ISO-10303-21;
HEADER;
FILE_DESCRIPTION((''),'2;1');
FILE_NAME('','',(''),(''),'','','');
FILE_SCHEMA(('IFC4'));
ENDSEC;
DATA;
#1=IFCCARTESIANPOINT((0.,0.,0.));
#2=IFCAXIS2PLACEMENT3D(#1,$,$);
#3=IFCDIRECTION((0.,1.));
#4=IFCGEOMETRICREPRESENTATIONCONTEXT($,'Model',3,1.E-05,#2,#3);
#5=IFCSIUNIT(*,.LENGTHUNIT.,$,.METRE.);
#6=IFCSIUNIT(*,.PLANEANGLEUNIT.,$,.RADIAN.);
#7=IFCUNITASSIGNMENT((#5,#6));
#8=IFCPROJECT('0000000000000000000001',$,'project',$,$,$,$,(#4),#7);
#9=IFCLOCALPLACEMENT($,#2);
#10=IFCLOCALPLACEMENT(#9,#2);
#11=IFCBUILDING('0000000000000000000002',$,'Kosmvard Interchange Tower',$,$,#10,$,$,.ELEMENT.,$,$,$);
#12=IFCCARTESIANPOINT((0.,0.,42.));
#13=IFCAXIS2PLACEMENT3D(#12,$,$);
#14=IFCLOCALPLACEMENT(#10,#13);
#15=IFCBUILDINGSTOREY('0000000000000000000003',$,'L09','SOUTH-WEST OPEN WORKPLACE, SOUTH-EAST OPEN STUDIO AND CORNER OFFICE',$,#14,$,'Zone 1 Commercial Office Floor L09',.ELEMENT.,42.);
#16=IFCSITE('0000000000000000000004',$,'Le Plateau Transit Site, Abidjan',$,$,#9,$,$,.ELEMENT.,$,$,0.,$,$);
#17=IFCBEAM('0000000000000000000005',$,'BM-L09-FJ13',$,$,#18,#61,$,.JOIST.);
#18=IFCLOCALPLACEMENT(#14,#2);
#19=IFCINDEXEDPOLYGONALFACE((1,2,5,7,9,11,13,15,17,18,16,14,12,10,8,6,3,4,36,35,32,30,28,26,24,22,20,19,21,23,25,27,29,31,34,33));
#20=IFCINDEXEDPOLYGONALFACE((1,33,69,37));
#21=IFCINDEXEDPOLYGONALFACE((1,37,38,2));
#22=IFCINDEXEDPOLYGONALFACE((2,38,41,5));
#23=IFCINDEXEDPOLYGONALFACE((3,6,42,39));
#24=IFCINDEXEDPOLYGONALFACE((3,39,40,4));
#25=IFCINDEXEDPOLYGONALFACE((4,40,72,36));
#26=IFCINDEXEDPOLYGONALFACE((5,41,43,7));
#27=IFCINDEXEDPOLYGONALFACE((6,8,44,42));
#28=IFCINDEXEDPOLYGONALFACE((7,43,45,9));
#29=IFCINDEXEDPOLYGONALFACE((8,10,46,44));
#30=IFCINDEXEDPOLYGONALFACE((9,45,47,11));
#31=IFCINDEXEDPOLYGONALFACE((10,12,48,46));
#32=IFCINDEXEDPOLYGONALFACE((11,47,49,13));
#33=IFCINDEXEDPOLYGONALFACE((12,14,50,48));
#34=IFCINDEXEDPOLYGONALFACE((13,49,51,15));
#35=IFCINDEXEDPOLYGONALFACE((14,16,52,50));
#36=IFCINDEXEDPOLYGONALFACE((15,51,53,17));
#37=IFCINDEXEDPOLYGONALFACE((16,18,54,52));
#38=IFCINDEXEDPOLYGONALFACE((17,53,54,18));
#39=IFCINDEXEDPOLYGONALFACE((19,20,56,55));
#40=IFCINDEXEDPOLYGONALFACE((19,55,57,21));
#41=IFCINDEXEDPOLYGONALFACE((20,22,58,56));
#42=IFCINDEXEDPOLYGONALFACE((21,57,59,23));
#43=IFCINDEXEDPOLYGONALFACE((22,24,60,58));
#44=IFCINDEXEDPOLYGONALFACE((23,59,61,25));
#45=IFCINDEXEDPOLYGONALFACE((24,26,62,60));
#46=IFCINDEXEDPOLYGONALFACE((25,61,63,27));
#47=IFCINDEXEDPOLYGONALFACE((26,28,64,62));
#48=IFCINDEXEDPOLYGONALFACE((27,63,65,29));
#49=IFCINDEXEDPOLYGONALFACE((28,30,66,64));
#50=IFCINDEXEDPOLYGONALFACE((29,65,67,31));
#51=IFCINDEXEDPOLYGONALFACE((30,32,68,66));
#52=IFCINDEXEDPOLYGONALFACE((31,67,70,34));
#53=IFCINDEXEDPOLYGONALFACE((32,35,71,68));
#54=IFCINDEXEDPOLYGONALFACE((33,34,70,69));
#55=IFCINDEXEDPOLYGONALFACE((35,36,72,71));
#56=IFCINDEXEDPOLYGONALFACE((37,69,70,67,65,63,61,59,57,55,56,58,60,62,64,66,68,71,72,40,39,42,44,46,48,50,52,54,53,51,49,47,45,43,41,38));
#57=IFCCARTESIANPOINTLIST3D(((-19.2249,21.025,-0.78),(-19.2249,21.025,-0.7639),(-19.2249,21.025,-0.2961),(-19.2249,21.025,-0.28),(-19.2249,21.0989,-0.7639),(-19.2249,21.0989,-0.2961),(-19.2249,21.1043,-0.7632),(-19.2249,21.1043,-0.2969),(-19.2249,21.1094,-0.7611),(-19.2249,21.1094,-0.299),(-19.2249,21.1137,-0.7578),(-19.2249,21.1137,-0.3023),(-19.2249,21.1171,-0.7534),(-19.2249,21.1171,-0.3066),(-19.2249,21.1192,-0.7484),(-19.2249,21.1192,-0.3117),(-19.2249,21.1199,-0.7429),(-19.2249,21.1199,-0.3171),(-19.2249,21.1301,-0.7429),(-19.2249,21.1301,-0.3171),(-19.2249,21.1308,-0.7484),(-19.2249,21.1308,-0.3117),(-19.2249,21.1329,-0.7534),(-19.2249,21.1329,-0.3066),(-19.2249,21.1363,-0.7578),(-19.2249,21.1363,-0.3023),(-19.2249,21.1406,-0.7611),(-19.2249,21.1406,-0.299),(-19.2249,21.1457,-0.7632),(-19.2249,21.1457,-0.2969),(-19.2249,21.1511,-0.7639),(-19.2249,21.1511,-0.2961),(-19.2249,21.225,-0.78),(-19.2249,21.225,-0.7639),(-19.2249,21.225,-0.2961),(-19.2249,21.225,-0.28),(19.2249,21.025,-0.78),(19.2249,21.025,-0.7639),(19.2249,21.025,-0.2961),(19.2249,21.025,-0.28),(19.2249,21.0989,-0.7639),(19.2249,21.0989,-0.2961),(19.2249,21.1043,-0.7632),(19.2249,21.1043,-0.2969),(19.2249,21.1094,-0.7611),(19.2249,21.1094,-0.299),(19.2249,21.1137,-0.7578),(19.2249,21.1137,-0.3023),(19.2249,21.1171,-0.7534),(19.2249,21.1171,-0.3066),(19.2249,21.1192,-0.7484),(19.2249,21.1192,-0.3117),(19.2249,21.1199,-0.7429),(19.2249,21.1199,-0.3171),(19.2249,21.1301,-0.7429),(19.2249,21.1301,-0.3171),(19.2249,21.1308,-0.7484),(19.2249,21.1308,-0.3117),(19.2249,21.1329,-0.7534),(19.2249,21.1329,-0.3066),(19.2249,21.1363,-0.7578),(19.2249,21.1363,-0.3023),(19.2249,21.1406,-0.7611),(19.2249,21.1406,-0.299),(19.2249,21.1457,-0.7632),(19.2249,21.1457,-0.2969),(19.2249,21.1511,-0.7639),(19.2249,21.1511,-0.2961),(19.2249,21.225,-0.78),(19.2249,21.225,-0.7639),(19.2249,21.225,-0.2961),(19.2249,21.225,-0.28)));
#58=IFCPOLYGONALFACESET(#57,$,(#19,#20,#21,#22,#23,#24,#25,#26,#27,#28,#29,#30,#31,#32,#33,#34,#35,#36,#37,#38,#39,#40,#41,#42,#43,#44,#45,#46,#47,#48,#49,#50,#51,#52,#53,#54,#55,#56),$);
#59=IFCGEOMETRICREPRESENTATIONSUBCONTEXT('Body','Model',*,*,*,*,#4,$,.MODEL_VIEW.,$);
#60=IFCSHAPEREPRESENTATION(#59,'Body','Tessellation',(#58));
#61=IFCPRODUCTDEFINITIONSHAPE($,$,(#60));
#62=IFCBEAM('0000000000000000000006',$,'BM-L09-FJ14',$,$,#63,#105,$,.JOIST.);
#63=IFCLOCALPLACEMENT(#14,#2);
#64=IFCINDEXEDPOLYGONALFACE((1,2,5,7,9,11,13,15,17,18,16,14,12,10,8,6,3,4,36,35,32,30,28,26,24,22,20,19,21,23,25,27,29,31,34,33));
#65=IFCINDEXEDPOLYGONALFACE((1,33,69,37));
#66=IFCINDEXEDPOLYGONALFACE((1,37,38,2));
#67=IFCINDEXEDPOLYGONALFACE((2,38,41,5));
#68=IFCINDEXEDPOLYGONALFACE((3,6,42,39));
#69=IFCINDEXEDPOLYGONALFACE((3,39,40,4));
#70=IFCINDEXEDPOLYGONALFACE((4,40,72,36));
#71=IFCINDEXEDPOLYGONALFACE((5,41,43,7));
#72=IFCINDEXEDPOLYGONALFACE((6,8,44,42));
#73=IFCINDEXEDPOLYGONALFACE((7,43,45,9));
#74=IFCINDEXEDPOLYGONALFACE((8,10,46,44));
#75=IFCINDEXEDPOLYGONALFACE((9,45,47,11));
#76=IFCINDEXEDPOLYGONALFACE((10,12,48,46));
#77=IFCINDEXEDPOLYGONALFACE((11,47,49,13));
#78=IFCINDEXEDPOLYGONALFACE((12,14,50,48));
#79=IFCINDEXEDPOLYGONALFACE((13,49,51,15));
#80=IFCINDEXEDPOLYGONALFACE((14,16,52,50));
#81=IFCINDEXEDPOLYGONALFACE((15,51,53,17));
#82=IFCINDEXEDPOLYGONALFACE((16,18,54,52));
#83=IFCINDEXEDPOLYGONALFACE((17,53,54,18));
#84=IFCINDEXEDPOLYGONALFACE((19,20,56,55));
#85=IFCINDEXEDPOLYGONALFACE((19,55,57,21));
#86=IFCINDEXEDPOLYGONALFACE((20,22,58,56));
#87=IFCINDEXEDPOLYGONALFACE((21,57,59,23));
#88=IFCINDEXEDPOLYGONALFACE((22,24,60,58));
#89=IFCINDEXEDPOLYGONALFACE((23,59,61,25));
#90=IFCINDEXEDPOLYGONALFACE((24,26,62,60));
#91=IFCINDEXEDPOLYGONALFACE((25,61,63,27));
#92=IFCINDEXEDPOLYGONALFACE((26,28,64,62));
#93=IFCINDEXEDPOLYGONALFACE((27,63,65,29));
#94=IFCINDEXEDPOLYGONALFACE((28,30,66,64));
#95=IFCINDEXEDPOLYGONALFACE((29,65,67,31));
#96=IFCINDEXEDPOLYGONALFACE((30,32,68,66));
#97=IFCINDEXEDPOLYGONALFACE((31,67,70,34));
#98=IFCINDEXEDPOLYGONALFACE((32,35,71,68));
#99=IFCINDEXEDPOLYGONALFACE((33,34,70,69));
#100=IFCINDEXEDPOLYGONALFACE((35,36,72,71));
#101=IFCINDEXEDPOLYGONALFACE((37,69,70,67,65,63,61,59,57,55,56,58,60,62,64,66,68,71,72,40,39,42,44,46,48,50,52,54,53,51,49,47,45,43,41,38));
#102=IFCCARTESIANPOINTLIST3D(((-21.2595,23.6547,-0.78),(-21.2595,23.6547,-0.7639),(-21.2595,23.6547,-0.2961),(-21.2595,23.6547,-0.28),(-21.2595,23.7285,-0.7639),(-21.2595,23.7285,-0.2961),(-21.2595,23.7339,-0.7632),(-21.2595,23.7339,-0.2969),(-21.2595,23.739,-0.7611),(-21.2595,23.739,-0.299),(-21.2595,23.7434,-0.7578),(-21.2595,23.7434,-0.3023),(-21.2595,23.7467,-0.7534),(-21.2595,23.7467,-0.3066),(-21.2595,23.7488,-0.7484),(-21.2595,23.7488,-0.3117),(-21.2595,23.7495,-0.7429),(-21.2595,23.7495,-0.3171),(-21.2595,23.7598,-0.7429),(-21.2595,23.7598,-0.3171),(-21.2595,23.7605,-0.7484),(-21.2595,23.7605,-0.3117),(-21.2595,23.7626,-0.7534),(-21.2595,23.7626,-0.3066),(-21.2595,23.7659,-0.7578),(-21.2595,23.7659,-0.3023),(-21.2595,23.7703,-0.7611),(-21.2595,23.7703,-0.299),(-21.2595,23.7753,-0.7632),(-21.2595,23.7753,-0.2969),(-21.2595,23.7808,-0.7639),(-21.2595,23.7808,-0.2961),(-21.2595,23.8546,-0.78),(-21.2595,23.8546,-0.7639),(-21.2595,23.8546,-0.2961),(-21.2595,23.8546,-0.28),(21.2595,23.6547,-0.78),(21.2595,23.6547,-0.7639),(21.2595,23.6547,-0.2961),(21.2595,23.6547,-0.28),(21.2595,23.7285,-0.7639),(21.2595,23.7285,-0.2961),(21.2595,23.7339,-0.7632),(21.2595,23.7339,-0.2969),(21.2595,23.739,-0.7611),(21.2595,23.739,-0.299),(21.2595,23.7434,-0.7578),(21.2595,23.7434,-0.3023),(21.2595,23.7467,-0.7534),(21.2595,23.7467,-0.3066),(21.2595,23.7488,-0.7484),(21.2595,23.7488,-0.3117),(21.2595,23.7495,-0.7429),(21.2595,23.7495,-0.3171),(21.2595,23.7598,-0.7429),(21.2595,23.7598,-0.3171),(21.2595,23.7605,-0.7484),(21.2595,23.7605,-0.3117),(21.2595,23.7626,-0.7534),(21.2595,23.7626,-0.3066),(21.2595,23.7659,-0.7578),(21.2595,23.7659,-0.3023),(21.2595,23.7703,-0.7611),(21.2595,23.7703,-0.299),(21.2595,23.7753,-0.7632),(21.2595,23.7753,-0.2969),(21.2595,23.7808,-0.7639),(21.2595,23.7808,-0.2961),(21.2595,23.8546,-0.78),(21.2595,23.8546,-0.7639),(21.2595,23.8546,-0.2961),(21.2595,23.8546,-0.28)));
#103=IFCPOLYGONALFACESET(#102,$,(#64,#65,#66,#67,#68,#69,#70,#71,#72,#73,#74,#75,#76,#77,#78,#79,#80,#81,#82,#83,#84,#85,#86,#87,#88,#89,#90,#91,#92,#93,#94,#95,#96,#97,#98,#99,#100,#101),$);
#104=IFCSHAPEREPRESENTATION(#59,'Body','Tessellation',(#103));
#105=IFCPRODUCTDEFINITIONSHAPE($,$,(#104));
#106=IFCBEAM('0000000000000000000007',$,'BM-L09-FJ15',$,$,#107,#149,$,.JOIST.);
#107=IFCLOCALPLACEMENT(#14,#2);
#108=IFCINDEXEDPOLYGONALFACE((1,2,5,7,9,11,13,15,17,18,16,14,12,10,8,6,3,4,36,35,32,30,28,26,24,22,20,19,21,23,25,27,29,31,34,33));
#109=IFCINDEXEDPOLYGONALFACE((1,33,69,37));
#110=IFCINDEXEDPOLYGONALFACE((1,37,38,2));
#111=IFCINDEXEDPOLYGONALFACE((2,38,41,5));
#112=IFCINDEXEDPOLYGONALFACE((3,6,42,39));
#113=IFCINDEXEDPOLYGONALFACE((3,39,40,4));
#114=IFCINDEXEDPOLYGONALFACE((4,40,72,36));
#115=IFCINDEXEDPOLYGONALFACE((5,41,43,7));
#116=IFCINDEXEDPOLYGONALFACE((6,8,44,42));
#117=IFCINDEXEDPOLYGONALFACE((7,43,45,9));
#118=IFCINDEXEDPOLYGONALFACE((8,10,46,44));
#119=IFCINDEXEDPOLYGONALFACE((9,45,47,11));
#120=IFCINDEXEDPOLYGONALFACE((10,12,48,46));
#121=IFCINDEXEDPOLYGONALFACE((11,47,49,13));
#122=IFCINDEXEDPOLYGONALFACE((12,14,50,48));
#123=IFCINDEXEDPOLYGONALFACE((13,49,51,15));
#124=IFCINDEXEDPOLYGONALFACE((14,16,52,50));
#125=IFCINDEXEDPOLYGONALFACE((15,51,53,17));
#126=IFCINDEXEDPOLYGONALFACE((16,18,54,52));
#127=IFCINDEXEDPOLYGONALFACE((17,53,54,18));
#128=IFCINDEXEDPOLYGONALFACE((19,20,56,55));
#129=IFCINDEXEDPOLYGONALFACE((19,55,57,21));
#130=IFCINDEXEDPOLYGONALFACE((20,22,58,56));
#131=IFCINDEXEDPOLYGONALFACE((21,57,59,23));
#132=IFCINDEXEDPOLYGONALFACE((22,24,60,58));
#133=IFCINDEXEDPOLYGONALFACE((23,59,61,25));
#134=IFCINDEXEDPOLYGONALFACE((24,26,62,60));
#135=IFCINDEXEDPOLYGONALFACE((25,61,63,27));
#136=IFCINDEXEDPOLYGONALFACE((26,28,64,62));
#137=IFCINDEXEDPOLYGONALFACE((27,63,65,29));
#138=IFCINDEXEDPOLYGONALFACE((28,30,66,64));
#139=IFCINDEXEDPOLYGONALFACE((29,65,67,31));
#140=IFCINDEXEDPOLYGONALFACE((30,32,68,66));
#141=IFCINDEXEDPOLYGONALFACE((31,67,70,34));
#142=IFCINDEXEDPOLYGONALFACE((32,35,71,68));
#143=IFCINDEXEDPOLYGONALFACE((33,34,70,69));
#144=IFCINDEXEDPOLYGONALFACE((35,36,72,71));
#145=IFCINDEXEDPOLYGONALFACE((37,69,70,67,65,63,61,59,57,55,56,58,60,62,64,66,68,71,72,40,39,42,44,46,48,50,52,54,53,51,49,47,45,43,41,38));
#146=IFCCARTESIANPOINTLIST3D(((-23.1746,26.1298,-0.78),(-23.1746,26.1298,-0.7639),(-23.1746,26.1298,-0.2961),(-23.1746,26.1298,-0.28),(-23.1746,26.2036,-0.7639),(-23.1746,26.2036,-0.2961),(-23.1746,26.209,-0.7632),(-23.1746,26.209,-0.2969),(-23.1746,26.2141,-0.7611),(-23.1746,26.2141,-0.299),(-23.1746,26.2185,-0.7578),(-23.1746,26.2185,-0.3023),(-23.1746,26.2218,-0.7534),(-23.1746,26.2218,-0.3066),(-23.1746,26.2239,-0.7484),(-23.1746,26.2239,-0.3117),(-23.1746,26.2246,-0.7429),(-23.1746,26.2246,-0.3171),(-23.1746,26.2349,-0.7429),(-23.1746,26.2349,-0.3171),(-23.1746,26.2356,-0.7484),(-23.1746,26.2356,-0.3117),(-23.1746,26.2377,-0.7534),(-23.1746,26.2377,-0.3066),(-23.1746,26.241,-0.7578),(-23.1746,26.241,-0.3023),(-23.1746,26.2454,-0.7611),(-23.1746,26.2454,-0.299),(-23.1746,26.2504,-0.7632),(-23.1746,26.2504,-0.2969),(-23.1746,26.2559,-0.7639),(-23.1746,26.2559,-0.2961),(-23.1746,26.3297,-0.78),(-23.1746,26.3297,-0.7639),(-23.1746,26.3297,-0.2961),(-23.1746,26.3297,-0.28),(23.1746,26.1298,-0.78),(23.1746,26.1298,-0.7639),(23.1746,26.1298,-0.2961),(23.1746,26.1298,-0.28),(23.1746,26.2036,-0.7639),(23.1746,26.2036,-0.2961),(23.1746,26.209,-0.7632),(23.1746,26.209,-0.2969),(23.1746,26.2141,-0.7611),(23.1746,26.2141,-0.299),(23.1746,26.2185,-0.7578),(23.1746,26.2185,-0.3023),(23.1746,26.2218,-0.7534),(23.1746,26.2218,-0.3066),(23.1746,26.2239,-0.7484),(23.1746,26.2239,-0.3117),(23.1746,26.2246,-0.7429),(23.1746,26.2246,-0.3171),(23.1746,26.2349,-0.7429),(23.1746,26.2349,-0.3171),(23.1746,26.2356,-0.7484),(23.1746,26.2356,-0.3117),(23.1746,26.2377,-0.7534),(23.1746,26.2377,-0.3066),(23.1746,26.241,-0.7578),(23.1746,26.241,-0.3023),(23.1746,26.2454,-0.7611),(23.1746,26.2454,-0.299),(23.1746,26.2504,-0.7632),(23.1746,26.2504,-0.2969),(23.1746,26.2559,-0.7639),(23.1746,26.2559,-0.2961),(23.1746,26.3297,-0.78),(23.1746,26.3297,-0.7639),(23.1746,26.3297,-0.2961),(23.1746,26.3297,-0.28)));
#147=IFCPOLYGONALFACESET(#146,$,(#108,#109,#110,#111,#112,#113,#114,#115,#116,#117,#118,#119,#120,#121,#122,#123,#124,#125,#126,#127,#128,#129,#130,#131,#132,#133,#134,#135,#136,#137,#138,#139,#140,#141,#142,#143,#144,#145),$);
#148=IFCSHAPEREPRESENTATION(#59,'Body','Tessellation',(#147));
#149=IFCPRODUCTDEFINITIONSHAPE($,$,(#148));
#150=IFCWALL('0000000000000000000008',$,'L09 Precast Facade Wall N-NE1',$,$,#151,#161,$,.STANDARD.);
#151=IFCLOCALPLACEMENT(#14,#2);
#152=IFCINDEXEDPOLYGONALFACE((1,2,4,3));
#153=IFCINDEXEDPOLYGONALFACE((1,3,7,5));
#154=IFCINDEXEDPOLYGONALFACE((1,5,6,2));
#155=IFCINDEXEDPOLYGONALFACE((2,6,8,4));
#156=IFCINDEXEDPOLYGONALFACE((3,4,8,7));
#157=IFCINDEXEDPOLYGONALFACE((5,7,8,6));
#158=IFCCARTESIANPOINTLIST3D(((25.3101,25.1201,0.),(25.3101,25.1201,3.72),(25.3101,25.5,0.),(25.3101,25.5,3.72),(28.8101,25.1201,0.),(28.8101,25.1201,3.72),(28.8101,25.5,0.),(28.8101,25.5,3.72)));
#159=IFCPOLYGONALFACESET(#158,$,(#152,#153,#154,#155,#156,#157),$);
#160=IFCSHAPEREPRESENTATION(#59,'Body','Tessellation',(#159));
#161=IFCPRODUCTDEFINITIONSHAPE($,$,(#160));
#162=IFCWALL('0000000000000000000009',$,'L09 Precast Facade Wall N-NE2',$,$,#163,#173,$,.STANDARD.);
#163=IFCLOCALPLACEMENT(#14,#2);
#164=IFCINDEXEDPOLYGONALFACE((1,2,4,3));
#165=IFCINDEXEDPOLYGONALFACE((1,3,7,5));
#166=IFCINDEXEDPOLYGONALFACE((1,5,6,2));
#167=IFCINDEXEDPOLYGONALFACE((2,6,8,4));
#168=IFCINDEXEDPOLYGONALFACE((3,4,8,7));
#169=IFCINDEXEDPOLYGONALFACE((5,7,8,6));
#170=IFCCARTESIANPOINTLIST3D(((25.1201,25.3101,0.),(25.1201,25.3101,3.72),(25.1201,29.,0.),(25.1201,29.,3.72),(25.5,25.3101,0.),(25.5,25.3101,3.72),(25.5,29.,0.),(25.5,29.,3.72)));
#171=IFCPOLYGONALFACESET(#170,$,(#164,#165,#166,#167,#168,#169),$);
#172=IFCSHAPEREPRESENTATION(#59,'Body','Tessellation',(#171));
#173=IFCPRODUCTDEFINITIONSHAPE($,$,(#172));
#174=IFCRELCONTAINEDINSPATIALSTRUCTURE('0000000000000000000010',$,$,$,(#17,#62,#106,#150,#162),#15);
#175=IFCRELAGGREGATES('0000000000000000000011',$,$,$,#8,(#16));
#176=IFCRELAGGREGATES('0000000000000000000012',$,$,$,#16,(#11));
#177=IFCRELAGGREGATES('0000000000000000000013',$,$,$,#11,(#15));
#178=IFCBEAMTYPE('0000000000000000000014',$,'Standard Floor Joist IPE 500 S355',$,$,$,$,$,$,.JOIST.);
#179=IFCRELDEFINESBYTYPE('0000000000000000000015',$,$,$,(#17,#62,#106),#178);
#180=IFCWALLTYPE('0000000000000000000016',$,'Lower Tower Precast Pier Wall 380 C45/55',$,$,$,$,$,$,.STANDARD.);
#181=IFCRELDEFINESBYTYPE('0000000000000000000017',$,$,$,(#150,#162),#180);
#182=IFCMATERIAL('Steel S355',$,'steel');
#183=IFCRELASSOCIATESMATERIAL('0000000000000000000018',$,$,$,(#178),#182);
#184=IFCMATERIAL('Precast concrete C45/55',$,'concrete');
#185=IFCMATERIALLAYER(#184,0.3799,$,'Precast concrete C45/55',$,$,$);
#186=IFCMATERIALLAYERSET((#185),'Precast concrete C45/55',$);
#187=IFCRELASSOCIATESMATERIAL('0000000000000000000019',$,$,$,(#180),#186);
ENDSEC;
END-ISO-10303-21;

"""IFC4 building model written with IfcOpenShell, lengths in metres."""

from ifc_helpers import new_model, si_unit, direction, frame, frame_2d, origin, origin_2d, place, context, subcontext, project, spatial, rectangle, i_section, extrude, source, transform, mapped, material, layer, layer_set, material_profile, profile_set, type_object, element, save


model = new_model("IFC4")

# Units and contexts
model_context = context("Model", 3, precision=1e-05, world=origin(), true_north=direction((0.0, 1.0)))
body_context = subcontext(model_context, "Body", "Model", "MODEL_VIEW")
ifc_project = project(units=[si_unit("LENGTHUNIT", "METRE"), si_unit("PLANEANGLEUNIT", "RADIAN")], contexts=[model_context])

# Site, building, storey
site_placement = place(None, origin())
site = spatial("IfcSite", under=ifc_project, at=site_placement, Name="Le Plateau Transit Site, Abidjan", CompositionType="ELEMENT", RefElevation=0.0)
building_placement = place(site_placement, origin())
building = spatial("IfcBuilding", under=site, at=building_placement, Name="Kosmvard Interchange Tower", CompositionType="ELEMENT")
storey_placement = place(building_placement, frame((0.0, 0.0, 42.0)))
storey = spatial("IfcBuildingStorey", under=building, at=storey_placement, Name="L09", Description="SOUTH-WEST OPEN WORKPLACE, SOUTH-EAST OPEN STUDIO AND CORNER OFFICE", LongName="Zone 1 Commercial Office Floor L09", CompositionType="ELEMENT", Elevation=42.0)

# Beams
ifc_material_1 = material(Name="Steel S355", Category="steel")
ifc_material_2 = material(Name="Precast concrete C45/55", Category="concrete")
ifc_material_profile_1 = material_profile(ifc_material_1, i_section(OverallWidth=0.2, OverallDepth=0.5, WebThickness=0.0103, FlangeThickness=0.0161, FilletRadius=0.021, at=origin_2d()), Name="IPE 500")
ifc_profile_set_1 = profile_set([ifc_material_profile_1], Name="Steel S355")
beam_type_1 = type_object("IfcBeamType", Name="Standard Floor Joist IPE 500 S355", PredefinedType="JOIST", material=ifc_profile_set_1)
shared_shape_1 = source(origin(), body_context, "Body", "SweptSolid", [
    extrude(i_section(OverallWidth=0.2, OverallDepth=0.5, WebThickness=0.0103, FlangeThickness=0.0161, FilletRadius=0.021, at=origin_2d()), origin(), (0.0, 0.0, 1.0), 38.4497),
])
beam_1_placement = place(storey_placement, frame((19.2249, 21.125, -0.53), z_axis=(-1.0, 0.0, 0.0), x_axis=(0.0, -1.0, 0.0)))
element("IfcBeam", 1, at=beam_1_placement, inside=storey, type_object=beam_type_1, Name="BM-L09-FJ13", PredefinedType="JOIST", context=body_context, shape_type="MappedRepresentation", body=[
    mapped(shared_shape_1, transform((0.0, 0.0, 0.0), scale=1.0)),
])
shared_shape_2 = source(origin(), body_context, "Body", "SweptSolid", [
    extrude(i_section(OverallWidth=0.2, OverallDepth=0.5, WebThickness=0.0103, FlangeThickness=0.0161, FilletRadius=0.021, at=origin_2d()), origin(), (0.0, 0.0, 1.0), 42.519),
])
beam_2_placement = place(storey_placement, frame((21.2595, 23.7546, -0.53), z_axis=(-1.0, 0.0, 0.0), x_axis=(0.0, -1.0, 0.0)))
element("IfcBeam", 2, at=beam_2_placement, inside=storey, type_object=beam_type_1, Name="BM-L09-FJ14", PredefinedType="JOIST", context=body_context, shape_type="MappedRepresentation", body=[
    mapped(shared_shape_2, transform((0.0, 0.0, 0.0), scale=1.0)),
])
shared_shape_3 = source(origin(), body_context, "Body", "SweptSolid", [
    extrude(i_section(OverallWidth=0.2, OverallDepth=0.5, WebThickness=0.0103, FlangeThickness=0.0161, FilletRadius=0.021, at=origin_2d()), origin(), (0.0, 0.0, 1.0), 46.3491),
])
beam_3_placement = place(storey_placement, frame((23.1746, 26.2297, -0.53), z_axis=(-1.0, 0.0, 0.0), x_axis=(0.0, -1.0, 0.0)))
element("IfcBeam", 3, at=beam_3_placement, inside=storey, type_object=beam_type_1, Name="BM-L09-FJ15", PredefinedType="JOIST", context=body_context, shape_type="MappedRepresentation", body=[
    mapped(shared_shape_3, transform((0.0, 0.0, 0.0), scale=1.0)),
])

# Walls
ifc_layer_1 = layer(ifc_material_2, 0.3799, Name="Precast concrete C45/55")
ifc_layer_set_1 = layer_set([ifc_layer_1], Name="Precast concrete C45/55")
wall_type = type_object("IfcWallType", Name="Lower Tower Precast Pier Wall 380 C45/55", PredefinedType="STANDARD", material=ifc_layer_set_1)
wall_1_placement = place(storey_placement, frame((28.8101, 25.3101, 0.0), z_axis=(0.0, 0.0, 1.0), x_axis=(-1.0, 0.0, 0.0)))
element("IfcWall", 4, at=wall_1_placement, inside=storey, type_object=wall_type, Name="L09 Precast Facade Wall N-NE1", PredefinedType="STANDARD", context=body_context, shape_type="SweptSolid", body=[
    extrude(rectangle(XDim=3.5, YDim=0.3799, at=frame_2d((1.75, 0.0))), origin(), (0.0, 0.0, 1.0), 3.72),
])
wall_2_placement = place(storey_placement, frame((25.3101, 25.3101, 0.0), z_axis=(0.0, 0.0, 1.0), x_axis=(0.0, 1.0, 0.0)))
element("IfcWall", 5, at=wall_2_placement, inside=storey, type_object=wall_type, Name="L09 Precast Facade Wall N-NE2", PredefinedType="STANDARD", context=body_context, shape_type="SweptSolid", body=[
    extrude(rectangle(XDim=3.6899, YDim=0.3799, at=frame_2d((1.845, 0.0))), origin(), (0.0, 0.0, 1.0), 3.72),
])

save(model, "model.ifc")
